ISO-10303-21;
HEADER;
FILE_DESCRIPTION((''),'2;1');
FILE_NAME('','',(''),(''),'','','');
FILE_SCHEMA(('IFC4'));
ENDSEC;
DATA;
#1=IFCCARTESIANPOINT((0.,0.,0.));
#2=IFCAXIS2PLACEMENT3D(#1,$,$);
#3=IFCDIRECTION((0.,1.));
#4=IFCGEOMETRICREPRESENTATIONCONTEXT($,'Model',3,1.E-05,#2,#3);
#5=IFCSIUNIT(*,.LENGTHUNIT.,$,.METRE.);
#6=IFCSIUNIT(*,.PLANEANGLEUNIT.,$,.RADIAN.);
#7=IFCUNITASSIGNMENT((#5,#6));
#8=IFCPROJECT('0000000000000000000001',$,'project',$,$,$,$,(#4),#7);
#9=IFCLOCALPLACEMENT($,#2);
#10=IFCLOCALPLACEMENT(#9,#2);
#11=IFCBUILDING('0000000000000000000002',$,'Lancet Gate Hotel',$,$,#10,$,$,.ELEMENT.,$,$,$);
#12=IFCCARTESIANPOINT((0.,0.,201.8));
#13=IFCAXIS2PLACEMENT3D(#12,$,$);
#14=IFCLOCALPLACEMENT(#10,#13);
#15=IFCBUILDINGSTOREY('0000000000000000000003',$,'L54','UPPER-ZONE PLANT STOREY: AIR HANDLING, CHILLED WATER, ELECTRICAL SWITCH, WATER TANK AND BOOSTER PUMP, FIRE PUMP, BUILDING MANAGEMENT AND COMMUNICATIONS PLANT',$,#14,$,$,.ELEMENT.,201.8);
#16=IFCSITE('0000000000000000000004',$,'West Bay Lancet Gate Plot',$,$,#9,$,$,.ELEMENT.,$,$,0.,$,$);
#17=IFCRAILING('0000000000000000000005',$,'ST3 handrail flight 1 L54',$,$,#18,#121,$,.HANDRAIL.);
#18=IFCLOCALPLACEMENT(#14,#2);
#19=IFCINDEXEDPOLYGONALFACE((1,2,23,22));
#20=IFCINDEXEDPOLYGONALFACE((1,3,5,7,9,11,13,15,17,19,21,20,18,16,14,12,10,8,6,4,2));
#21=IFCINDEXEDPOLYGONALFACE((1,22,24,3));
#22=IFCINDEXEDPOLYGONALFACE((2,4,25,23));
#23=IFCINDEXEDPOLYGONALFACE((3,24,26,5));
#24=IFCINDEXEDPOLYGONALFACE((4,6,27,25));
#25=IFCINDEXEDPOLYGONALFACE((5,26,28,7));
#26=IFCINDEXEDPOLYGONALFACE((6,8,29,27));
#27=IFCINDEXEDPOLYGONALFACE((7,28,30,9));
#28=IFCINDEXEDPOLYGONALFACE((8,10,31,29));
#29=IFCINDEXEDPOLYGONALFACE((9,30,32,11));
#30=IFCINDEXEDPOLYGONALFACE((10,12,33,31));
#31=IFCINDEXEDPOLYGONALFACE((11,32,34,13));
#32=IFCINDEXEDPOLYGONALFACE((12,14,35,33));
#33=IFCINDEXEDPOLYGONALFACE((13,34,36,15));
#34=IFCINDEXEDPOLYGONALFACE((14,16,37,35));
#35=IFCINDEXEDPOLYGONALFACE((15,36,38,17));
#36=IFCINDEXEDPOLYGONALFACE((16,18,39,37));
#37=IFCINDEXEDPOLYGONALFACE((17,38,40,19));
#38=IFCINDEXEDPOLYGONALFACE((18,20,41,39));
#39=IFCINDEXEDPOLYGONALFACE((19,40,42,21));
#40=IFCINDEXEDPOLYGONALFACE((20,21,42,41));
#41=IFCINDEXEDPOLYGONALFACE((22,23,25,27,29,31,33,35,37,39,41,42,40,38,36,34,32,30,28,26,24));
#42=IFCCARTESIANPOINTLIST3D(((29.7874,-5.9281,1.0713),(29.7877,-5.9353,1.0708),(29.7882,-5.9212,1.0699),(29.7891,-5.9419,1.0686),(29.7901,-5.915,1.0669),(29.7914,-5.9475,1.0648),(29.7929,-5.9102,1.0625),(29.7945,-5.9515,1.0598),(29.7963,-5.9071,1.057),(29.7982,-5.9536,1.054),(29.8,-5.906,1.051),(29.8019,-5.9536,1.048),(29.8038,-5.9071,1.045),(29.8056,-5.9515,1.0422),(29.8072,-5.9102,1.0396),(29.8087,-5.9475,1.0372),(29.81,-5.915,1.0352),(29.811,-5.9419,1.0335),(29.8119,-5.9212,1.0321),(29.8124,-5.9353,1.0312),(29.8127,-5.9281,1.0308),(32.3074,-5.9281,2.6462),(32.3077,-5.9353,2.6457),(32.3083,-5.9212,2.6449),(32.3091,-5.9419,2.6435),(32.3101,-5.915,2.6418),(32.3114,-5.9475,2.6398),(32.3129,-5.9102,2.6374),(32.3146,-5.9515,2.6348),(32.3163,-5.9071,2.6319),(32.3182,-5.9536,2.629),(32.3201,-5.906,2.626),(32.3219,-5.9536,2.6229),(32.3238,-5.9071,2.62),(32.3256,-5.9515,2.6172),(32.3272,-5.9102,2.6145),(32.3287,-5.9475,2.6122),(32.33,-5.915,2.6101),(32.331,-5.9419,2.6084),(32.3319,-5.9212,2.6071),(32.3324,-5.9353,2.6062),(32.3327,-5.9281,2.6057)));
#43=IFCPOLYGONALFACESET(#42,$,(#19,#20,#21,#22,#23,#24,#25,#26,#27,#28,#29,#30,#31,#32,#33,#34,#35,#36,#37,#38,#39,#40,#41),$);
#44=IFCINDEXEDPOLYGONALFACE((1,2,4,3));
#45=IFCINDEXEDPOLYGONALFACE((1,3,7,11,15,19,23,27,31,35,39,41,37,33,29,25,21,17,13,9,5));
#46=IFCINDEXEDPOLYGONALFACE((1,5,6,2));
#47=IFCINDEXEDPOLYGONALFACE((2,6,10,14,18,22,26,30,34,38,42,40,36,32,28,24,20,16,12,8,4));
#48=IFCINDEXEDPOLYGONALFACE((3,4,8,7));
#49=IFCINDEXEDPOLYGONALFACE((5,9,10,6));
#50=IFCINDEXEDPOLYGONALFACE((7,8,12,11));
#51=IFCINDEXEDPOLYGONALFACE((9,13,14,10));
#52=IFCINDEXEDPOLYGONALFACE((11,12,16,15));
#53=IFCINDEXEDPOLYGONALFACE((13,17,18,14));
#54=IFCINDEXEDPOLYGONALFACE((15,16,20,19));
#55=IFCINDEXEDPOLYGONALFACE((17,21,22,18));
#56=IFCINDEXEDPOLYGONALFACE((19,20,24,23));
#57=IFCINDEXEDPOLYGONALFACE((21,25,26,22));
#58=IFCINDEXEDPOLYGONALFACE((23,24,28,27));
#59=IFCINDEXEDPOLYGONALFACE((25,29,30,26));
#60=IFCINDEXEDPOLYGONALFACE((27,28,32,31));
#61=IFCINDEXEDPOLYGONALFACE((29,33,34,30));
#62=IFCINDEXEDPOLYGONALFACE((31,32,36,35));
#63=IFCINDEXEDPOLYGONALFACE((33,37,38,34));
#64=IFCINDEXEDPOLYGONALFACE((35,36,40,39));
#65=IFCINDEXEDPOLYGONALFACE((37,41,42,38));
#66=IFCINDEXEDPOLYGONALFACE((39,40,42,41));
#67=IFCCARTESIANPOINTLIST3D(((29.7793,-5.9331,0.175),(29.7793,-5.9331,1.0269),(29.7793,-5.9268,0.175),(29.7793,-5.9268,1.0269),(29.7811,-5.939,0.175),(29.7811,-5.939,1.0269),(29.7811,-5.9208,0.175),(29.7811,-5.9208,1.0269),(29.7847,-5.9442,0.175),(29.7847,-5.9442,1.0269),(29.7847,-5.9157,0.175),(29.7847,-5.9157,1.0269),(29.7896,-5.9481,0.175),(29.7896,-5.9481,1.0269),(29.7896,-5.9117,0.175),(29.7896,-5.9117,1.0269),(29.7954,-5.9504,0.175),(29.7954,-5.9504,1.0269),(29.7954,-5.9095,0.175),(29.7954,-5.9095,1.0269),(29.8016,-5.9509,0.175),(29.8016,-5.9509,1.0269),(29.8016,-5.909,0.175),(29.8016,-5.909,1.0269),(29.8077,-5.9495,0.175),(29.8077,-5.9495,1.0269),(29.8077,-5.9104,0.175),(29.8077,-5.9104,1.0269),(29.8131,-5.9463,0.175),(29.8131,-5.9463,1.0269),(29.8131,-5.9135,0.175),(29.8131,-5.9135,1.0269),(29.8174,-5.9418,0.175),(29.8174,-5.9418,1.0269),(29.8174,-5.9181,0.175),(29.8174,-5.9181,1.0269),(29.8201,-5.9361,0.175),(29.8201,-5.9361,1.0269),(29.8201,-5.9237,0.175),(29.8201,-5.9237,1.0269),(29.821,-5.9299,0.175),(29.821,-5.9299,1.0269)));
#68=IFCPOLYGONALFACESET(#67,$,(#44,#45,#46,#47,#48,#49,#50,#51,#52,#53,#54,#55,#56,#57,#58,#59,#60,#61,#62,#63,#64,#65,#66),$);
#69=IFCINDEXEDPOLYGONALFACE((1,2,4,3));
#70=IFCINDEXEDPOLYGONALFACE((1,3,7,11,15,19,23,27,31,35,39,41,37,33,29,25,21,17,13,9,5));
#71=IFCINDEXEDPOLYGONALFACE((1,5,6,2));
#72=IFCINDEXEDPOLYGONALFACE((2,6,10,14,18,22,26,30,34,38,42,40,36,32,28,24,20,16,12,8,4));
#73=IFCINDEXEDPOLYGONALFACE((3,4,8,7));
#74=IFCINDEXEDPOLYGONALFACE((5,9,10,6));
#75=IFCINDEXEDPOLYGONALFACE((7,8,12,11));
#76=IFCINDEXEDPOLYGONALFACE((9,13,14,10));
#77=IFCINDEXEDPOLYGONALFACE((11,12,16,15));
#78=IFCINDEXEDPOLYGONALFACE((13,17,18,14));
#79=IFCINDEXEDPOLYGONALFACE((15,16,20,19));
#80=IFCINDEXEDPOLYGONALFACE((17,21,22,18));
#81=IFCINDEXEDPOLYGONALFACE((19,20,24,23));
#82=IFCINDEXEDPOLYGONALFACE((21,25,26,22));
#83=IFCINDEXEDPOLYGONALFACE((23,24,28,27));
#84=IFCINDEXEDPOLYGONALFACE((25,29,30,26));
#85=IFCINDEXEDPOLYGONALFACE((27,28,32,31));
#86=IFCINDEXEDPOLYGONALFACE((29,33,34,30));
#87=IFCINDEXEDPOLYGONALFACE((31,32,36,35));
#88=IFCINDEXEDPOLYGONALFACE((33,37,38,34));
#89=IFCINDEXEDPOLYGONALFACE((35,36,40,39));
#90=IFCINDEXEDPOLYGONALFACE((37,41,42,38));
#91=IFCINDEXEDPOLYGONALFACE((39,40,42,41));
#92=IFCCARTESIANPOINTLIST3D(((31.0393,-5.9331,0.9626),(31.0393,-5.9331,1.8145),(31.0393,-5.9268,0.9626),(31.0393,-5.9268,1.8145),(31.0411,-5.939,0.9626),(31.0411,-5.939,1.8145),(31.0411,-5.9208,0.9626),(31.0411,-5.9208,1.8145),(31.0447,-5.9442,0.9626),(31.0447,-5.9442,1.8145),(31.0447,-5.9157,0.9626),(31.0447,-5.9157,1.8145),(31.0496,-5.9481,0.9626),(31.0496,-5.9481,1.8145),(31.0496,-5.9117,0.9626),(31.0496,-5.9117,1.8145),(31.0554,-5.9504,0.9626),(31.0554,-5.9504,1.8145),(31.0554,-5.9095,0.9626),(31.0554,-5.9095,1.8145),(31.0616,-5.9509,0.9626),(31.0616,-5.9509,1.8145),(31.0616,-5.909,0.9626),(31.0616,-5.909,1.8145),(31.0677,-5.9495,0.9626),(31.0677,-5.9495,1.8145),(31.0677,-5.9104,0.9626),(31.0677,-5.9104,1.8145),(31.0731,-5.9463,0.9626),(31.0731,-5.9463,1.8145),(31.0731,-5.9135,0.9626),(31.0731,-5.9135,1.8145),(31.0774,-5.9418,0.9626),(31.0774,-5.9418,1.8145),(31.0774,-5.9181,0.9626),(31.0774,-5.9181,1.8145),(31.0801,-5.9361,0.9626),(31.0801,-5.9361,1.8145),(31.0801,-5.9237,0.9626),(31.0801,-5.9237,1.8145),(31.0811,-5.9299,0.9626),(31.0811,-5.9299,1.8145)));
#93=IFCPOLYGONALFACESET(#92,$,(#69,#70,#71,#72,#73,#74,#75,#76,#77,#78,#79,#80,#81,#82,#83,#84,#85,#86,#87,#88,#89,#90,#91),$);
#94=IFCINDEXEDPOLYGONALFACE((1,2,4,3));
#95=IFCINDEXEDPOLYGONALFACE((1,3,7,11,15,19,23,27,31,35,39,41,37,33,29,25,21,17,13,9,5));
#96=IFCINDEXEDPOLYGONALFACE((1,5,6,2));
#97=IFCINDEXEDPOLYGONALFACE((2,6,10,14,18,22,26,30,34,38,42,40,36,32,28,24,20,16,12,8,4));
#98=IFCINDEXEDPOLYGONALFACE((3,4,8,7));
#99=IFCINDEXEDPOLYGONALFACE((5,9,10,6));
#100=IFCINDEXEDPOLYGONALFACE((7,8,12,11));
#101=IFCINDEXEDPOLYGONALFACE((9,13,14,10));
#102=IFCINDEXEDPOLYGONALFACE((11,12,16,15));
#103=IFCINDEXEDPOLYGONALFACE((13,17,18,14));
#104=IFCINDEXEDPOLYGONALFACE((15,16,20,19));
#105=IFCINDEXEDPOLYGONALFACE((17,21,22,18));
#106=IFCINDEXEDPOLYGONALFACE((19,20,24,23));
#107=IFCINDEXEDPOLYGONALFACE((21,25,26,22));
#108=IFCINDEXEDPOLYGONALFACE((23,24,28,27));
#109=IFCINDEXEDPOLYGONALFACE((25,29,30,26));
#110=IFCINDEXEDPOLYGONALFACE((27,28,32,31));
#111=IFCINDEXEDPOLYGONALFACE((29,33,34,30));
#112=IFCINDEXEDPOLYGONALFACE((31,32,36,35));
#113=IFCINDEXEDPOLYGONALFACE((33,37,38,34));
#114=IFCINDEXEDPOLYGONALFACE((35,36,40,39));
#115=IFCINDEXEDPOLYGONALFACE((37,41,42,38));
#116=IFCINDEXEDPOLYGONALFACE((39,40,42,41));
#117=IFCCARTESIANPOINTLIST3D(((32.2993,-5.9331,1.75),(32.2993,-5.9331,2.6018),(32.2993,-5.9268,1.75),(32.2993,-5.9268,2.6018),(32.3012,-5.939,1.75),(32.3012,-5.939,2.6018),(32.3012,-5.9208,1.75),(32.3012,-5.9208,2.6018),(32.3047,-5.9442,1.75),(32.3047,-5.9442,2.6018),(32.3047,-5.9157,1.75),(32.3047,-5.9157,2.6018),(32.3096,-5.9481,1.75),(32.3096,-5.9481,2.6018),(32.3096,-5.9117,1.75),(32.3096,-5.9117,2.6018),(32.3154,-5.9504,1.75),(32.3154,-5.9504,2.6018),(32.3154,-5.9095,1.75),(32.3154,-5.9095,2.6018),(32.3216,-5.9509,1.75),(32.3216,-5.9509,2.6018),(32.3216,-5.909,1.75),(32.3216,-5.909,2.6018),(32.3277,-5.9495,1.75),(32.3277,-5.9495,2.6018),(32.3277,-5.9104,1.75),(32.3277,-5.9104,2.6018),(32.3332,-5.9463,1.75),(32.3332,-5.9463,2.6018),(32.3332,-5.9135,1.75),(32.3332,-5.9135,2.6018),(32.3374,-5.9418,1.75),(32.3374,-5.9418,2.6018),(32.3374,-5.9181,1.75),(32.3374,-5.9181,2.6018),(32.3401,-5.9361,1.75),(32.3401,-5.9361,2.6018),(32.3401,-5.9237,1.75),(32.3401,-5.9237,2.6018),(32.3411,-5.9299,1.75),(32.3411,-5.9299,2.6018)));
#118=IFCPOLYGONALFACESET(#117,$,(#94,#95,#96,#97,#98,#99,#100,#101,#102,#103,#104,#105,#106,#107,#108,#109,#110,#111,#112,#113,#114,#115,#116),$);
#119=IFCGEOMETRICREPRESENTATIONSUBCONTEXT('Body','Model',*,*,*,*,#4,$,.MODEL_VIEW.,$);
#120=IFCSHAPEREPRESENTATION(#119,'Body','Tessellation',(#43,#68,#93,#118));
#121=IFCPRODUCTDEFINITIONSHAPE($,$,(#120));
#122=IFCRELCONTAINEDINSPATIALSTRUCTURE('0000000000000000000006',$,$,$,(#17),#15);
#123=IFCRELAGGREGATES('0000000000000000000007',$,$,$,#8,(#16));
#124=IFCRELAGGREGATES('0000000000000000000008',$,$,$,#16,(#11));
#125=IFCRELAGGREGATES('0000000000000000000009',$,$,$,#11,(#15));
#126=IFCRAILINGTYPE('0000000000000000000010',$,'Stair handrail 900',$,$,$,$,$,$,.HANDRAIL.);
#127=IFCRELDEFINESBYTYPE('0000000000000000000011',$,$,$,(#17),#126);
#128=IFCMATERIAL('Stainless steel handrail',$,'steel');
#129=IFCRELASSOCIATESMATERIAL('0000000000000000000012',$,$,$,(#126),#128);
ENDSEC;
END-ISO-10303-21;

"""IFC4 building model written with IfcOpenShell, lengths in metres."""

from ifc_helpers import new_model, si_unit, direction, frame, origin, origin_2d, place, context, subcontext, project, spatial, circle, extrude, material, type_object, element, save


model = new_model("IFC4")

# Units and contexts
model_context = context("Model", 3, precision=1e-05, world=origin(), true_north=direction((0.0, 1.0)))
body_context = subcontext(model_context, "Body", "Model", "MODEL_VIEW")
ifc_project = project(units=[si_unit("LENGTHUNIT", "METRE"), si_unit("PLANEANGLEUNIT", "RADIAN")], contexts=[model_context])

# Site, building, storey
site_placement = place(None, origin())
site = spatial("IfcSite", under=ifc_project, at=site_placement, Name="West Bay Lancet Gate Plot", CompositionType="ELEMENT", RefElevation=0.0)
building_placement = place(site_placement, origin())
building = spatial("IfcBuilding", under=site, at=building_placement, Name="Lancet Gate Hotel", CompositionType="ELEMENT")
storey_placement = place(building_placement, frame((0.0, 0.0, 201.8)))
storey = spatial("IfcBuildingStorey", under=building, at=storey_placement, Name="L54", Description="UPPER-ZONE PLANT STOREY: AIR HANDLING, CHILLED WATER, ELECTRICAL SWITCH, WATER TANK AND BOOSTER PUMP, FIRE PUMP, BUILDING MANAGEMENT AND COMMUNICATIONS PLANT", CompositionType="ELEMENT", Elevation=201.8)

# Railing
ifc_material_1 = material(Name="Stainless steel handrail", Category="steel")
railing_type = type_object("IfcRailingType", Name="Stair handrail 900", PredefinedType="HANDRAIL", material=ifc_material_1)
railing_1_placement = place(storey_placement, frame((29.8, -5.9299, 0.175)))
element("IfcRailing", 1, at=railing_1_placement, inside=storey, type_object=railing_type, Name="ST3 handrail flight 1 L54", PredefinedType="HANDRAIL", context=body_context, shape_type="SweptSolid", body=[
    extrude(circle(Radius=0.0239, at=origin_2d()), frame((0.0, 0.0, 0.876), z_axis=(0.848008, 0.0, 0.529984), x_axis=(0.0, 1.0, 0.0)), (0.0, 0.0, 1.0), 2.9717),
    extrude(circle(Radius=0.021, at=origin_2d()), origin(), (0.0, 0.0, 1.0), 0.8518),
    extrude(circle(Radius=0.021, at=origin_2d()), frame((1.26, 0.0, 0.7876)), (0.0, 0.0, 1.0), 0.8518),
    extrude(circle(Radius=0.021, at=origin_2d()), frame((2.52, 0.0, 1.575)), (0.0, 0.0, 1.0), 0.8518),
])

save(model, "model.ifc")
